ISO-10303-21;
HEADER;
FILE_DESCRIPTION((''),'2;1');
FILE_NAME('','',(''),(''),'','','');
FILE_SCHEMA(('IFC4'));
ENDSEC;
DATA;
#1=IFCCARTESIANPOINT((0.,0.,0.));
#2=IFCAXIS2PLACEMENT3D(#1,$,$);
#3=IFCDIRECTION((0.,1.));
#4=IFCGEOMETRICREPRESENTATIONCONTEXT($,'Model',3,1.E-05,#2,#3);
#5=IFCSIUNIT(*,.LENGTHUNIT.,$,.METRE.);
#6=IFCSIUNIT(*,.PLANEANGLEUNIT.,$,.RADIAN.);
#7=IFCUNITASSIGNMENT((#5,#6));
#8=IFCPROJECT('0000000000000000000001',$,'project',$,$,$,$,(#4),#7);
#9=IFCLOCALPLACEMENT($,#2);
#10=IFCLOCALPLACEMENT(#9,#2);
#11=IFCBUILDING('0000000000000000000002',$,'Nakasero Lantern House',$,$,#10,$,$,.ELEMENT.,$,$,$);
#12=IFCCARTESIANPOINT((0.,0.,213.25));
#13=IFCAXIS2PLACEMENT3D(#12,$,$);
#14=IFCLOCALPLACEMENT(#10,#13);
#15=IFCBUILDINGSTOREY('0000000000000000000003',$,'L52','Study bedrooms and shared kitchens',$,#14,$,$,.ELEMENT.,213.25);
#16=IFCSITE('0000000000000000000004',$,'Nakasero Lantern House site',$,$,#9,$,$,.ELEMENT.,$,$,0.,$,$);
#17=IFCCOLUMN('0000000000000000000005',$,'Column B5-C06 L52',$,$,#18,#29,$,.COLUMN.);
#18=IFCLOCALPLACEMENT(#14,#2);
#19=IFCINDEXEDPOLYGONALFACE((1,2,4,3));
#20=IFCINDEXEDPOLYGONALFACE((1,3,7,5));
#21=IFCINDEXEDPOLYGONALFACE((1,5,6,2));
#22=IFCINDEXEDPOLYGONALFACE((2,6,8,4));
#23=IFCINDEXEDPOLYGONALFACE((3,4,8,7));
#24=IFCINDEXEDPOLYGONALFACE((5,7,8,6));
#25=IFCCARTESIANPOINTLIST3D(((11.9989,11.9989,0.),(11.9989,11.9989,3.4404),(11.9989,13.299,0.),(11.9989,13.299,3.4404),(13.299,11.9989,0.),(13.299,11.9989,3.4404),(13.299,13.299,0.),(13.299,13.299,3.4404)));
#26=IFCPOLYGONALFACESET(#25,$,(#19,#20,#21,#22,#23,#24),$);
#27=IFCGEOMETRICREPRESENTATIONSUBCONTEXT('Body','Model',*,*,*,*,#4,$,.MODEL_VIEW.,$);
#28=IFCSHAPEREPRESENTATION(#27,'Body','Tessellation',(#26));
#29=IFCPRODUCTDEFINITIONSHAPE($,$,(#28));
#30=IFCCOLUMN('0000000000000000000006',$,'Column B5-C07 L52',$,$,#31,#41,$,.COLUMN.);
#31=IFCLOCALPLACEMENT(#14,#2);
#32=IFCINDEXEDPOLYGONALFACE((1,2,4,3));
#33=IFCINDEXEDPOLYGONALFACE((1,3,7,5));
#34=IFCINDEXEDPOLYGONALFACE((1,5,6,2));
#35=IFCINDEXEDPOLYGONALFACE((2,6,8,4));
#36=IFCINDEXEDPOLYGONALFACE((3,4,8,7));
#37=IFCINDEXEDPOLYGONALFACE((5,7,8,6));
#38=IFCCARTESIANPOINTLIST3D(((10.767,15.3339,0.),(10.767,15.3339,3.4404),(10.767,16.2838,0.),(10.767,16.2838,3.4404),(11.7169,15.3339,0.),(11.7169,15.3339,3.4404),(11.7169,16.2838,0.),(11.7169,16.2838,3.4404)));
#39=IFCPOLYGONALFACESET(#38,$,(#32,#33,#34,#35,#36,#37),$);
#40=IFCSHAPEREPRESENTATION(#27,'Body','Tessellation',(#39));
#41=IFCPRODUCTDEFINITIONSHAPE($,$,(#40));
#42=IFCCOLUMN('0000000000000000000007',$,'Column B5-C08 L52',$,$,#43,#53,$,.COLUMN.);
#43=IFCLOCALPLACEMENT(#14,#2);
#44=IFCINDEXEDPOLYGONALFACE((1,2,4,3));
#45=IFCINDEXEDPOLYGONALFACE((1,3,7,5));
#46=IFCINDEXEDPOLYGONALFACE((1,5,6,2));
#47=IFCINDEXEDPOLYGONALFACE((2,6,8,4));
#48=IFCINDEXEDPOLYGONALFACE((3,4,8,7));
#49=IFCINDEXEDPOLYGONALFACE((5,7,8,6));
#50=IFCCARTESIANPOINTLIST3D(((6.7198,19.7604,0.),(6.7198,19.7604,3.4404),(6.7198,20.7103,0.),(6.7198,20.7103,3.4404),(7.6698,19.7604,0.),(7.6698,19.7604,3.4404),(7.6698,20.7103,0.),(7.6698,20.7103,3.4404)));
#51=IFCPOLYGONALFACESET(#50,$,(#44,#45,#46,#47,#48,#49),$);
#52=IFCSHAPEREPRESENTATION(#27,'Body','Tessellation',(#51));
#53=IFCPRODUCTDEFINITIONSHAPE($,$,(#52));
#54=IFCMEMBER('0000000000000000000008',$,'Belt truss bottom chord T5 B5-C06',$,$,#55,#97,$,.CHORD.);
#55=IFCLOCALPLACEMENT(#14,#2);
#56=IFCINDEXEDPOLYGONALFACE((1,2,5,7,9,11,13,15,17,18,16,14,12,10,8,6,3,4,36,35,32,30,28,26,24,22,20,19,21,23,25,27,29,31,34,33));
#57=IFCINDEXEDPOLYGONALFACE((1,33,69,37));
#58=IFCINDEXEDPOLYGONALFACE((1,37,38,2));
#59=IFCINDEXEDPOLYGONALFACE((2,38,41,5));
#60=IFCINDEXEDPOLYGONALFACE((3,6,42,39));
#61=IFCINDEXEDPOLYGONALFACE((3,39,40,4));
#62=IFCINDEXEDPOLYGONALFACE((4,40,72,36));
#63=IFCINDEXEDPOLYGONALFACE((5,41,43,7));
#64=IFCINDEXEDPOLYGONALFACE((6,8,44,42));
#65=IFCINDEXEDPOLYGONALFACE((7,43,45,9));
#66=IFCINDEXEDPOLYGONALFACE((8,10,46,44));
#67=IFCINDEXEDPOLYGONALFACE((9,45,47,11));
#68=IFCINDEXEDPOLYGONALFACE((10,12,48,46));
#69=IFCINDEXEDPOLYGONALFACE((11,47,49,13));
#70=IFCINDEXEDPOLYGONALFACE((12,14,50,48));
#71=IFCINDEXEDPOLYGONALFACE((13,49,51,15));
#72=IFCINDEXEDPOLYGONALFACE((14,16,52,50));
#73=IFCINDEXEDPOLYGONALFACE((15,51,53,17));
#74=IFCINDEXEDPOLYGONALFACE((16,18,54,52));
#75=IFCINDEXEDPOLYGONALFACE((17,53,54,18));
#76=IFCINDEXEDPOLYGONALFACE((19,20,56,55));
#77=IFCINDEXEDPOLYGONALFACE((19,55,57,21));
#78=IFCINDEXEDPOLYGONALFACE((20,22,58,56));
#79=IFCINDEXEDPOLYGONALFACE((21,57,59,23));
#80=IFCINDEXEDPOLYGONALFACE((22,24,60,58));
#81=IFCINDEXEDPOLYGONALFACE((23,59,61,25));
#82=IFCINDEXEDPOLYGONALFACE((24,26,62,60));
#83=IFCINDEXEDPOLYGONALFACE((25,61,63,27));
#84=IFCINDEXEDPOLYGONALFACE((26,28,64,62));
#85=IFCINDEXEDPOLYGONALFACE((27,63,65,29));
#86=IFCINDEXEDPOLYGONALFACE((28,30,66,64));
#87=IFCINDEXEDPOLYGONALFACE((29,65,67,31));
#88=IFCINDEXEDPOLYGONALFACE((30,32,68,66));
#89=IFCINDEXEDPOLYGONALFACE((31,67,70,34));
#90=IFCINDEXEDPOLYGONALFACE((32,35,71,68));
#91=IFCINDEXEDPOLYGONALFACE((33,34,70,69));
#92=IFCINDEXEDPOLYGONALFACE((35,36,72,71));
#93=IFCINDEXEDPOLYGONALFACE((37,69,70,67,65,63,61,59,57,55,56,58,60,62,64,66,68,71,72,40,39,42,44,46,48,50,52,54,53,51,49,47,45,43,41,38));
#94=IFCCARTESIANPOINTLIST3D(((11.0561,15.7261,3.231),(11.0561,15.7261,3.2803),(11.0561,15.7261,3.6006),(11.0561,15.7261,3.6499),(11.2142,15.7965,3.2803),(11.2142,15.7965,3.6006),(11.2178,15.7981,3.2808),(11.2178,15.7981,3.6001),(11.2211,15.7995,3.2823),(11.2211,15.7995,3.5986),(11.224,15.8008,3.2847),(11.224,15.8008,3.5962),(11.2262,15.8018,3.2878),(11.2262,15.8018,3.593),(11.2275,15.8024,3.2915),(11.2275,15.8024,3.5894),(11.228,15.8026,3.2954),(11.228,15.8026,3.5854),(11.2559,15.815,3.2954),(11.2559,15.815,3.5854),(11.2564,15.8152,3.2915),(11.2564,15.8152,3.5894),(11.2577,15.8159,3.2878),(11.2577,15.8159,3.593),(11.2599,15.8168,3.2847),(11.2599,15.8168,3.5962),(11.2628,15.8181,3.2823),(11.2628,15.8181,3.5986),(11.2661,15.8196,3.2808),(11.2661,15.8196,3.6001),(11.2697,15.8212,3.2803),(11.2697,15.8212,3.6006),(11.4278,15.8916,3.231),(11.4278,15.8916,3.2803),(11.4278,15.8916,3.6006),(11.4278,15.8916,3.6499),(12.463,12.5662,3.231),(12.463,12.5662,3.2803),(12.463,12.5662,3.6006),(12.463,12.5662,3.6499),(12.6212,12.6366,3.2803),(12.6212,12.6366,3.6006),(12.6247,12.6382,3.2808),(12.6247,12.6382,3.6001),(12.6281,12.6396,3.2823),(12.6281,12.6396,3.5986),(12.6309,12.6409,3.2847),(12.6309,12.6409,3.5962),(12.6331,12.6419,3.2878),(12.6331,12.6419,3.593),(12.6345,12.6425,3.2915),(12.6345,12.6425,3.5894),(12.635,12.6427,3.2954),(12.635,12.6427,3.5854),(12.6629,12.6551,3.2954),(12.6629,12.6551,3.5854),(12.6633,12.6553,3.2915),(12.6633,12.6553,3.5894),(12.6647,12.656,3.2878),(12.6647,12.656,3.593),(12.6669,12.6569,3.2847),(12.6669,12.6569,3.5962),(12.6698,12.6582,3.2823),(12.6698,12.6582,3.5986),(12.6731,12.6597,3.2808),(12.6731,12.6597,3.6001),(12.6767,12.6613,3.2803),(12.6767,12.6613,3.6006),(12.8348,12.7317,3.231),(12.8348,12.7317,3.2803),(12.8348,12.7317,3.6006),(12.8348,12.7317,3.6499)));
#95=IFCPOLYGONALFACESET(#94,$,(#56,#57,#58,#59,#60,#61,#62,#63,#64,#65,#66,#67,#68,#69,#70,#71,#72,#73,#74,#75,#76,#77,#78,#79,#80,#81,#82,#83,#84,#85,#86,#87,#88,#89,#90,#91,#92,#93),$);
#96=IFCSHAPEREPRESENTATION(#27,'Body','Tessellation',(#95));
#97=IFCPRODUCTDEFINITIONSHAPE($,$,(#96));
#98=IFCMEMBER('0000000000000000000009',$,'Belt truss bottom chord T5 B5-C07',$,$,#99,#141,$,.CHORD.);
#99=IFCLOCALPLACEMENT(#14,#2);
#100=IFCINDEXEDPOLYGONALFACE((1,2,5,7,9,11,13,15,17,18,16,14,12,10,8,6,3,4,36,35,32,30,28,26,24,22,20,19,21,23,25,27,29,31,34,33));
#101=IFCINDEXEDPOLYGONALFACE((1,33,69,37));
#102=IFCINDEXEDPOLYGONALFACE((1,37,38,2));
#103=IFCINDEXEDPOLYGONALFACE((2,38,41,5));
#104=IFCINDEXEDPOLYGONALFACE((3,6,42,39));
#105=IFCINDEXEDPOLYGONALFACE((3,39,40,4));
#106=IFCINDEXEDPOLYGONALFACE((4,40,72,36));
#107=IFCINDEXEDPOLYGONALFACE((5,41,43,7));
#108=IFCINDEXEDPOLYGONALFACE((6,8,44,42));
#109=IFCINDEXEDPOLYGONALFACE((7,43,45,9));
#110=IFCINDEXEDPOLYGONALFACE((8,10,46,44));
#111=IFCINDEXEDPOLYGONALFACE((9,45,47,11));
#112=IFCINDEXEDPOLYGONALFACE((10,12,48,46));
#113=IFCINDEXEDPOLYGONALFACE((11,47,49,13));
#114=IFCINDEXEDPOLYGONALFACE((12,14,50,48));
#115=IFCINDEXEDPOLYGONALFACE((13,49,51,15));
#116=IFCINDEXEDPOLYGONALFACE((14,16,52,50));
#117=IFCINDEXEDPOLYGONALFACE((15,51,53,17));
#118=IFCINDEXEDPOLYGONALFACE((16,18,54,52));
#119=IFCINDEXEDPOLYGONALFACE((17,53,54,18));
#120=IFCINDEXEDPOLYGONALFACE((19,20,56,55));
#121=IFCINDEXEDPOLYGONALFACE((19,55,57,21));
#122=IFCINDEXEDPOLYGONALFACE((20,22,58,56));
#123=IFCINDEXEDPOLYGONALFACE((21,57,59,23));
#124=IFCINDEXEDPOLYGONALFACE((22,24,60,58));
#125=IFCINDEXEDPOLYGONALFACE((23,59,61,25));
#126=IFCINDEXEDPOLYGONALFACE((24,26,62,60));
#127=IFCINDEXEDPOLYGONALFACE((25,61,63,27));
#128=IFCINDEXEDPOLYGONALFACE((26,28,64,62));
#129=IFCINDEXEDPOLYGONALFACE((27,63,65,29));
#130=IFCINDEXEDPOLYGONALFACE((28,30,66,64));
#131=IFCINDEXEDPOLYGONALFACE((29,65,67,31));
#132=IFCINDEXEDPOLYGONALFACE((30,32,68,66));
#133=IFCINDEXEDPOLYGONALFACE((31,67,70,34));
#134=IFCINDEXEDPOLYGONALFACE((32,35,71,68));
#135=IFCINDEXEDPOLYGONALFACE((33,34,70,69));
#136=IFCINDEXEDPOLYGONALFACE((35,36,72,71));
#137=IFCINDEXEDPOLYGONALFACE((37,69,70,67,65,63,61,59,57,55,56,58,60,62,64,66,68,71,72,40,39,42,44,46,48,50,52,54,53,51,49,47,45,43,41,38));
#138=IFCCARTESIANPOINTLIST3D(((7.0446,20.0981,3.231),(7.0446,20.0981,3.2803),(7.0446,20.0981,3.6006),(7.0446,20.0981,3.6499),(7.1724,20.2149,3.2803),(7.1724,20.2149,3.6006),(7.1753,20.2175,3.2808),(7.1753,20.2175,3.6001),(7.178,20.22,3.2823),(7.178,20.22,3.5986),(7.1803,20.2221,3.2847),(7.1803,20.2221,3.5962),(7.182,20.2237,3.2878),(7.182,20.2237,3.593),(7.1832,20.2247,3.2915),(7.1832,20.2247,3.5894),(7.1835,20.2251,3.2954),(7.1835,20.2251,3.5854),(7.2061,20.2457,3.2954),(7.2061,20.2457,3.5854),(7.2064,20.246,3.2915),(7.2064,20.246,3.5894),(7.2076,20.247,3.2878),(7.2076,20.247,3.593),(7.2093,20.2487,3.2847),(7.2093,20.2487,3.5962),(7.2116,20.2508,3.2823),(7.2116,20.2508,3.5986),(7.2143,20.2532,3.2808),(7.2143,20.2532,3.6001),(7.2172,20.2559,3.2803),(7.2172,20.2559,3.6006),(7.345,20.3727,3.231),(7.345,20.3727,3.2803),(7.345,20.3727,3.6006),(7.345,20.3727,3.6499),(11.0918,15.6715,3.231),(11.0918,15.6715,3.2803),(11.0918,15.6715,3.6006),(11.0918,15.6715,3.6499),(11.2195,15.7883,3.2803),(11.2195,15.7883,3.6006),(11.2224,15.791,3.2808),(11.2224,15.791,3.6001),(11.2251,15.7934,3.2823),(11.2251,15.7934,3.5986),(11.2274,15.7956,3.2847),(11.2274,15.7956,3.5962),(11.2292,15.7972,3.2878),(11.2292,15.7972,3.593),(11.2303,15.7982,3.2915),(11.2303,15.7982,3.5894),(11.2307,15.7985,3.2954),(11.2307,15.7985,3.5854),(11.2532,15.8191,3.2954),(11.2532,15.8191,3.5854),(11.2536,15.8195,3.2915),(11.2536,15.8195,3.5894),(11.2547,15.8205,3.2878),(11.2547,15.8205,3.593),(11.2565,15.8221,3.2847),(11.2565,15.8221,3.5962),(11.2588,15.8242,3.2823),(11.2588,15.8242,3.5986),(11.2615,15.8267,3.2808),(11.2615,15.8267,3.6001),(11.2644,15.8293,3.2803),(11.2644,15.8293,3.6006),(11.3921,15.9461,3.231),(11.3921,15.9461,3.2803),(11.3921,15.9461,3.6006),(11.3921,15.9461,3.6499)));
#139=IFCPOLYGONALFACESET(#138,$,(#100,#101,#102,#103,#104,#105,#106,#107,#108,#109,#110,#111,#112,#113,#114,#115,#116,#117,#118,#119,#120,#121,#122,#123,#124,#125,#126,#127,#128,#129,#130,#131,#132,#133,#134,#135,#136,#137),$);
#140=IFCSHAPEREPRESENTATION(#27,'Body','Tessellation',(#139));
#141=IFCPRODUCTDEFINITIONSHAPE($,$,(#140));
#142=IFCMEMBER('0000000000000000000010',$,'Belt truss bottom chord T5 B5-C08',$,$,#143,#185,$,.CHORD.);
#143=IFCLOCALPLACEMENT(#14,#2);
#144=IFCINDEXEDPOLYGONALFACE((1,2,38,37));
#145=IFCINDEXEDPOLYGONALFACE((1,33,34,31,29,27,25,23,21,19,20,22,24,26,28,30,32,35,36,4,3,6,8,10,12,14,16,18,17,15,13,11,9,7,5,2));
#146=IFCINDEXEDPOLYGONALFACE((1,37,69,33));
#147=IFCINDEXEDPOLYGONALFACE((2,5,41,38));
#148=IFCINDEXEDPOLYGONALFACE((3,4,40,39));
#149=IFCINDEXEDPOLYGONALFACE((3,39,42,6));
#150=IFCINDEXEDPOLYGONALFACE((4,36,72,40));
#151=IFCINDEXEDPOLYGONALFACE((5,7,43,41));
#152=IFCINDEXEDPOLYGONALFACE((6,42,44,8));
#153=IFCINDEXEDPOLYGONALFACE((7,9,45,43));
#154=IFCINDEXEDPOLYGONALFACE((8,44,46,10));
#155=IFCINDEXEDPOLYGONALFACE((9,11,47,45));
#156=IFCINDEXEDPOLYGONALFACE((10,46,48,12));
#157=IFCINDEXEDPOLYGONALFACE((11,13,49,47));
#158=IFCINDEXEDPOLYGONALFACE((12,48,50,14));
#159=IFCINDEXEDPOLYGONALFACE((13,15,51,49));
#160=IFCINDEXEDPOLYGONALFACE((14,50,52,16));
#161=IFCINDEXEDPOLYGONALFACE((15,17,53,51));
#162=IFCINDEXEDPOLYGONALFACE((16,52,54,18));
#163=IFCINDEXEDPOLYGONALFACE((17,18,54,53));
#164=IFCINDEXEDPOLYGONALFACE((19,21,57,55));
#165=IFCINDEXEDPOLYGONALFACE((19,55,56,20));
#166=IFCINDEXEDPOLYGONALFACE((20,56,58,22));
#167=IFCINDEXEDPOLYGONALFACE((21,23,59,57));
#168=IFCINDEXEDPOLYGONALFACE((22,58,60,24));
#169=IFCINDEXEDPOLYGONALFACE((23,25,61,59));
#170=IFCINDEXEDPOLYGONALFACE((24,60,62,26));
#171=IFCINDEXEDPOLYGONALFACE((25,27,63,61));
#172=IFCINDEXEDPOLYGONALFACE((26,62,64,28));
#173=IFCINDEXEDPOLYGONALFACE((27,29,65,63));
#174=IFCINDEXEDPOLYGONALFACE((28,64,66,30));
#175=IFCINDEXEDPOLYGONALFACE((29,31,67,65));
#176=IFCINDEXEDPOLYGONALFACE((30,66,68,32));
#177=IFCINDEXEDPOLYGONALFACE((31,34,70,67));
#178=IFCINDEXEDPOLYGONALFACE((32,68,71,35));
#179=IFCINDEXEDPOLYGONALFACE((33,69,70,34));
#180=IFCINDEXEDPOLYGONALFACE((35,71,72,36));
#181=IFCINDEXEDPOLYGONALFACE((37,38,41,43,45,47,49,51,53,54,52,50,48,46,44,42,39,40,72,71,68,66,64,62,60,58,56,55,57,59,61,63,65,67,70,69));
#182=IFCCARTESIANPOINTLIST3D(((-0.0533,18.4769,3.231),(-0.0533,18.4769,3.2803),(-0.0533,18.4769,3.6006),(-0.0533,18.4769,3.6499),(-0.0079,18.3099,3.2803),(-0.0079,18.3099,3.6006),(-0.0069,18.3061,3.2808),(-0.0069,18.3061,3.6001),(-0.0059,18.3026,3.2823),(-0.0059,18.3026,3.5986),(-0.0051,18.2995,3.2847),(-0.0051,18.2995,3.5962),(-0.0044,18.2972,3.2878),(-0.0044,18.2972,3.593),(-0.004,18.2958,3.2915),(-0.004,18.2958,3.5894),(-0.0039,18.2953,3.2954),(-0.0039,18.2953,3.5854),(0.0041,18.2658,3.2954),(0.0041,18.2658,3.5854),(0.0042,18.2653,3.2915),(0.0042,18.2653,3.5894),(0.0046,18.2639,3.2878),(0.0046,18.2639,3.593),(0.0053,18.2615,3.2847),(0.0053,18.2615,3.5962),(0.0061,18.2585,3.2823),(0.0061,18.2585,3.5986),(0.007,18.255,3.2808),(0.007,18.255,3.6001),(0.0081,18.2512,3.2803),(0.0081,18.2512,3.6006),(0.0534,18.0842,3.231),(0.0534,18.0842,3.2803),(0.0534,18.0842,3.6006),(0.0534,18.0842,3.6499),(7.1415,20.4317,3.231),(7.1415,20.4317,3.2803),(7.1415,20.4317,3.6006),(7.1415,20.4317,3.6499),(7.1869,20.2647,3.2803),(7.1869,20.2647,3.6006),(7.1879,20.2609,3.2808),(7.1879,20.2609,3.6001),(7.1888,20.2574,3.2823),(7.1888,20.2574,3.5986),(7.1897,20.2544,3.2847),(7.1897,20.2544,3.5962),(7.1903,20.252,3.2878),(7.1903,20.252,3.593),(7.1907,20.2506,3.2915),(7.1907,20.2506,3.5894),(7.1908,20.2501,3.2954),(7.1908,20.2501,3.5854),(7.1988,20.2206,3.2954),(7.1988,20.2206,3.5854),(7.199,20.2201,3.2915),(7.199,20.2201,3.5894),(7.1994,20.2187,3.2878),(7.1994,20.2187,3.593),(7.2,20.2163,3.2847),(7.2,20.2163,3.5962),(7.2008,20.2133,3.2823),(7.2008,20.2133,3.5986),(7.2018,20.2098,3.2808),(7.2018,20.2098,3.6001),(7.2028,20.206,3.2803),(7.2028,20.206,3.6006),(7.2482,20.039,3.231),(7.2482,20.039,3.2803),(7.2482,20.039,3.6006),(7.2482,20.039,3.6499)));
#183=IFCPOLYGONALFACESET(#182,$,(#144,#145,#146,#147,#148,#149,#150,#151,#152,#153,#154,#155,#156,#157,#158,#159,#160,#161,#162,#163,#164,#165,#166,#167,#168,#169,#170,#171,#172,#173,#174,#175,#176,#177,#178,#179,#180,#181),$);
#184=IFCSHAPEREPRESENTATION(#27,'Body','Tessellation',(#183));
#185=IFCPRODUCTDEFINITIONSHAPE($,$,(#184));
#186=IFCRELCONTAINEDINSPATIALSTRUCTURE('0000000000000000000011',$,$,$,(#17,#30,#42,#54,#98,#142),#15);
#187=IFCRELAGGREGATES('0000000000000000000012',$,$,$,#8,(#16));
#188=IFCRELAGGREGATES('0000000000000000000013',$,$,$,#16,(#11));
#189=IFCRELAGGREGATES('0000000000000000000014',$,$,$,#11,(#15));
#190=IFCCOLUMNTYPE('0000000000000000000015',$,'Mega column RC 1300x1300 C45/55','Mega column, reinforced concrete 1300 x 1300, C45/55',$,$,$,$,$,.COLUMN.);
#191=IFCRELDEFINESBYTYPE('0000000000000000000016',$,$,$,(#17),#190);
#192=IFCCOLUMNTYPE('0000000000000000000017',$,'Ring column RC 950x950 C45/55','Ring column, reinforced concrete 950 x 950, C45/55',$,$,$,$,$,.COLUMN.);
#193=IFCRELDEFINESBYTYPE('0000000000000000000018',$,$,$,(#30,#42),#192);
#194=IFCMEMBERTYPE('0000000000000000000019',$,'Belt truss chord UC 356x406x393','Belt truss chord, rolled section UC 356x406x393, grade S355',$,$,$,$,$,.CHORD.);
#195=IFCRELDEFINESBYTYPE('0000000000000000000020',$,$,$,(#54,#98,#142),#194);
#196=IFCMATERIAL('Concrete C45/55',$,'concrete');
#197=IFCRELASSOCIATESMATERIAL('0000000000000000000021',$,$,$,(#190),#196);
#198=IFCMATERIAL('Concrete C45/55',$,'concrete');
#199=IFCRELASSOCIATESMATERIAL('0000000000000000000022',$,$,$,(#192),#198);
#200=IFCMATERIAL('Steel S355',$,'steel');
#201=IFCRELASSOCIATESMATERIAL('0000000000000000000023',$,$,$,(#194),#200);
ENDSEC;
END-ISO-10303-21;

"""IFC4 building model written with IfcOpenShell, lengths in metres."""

from ifc_helpers import new_model, si_unit, direction, frame, origin, origin_2d, place, context, subcontext, project, spatial, rectangle, i_section, extrude, material, material_profile, profile_set, type_object, element, save


model = new_model("IFC4")

# Units and contexts
model_context = context("Model", 3, precision=1e-05, world=origin(), true_north=direction((0.0, 1.0)))
body_context = subcontext(model_context, "Body", "Model", "MODEL_VIEW")
ifc_project = project(units=[si_unit("LENGTHUNIT", "METRE"), si_unit("PLANEANGLEUNIT", "RADIAN")], contexts=[model_context])

# Site, building, storey
site_placement = place(None, origin())
site = spatial("IfcSite", under=ifc_project, at=site_placement, Name="Nakasero Lantern House site", CompositionType="ELEMENT", RefElevation=0.0)
building_placement = place(site_placement, origin())
building = spatial("IfcBuilding", under=site, at=building_placement, Name="Nakasero Lantern House", CompositionType="ELEMENT")
storey_placement = place(building_placement, frame((0.0, 0.0, 213.25)))
storey = spatial("IfcBuildingStorey", under=building, at=storey_placement, Name="L52", Description="Study bedrooms and shared kitchens", CompositionType="ELEMENT", Elevation=213.25)

# Columns
ifc_material_1 = material(Name="Concrete C45/55", Category="concrete")
ifc_material_profile_1 = material_profile(ifc_material_1, rectangle(XDim=1.3, YDim=1.3, at=origin_2d()), Name="RC 1300x1300")
ifc_profile_set_1 = profile_set([ifc_material_profile_1], Name="Concrete C45/55")
column_type_1 = type_object("IfcColumnType", Name="Mega column RC 1300x1300 C45/55", Description="Mega column, reinforced concrete 1300 x 1300, C45/55", PredefinedType="COLUMN", material=ifc_profile_set_1)
column_placement = place(storey_placement, frame((12.6489, 12.6489, 0.0), z_axis=(0.0, 0.0, 1.0), x_axis=(1.0, 0.0, 0.0)))
element("IfcColumn", 1, at=column_placement, inside=storey, type_object=column_type_1, Name="Column B5-C06 L52", PredefinedType="COLUMN", context=body_context, shape_type="SweptSolid", body=[
    extrude(rectangle(XDim=1.3, YDim=1.3, at=origin_2d()), origin(), (0.0, 0.0, 1.0), 3.4404),
])
ifc_material_2 = material(Name="Concrete C45/55", Category="concrete")
ifc_material_profile_2 = material_profile(ifc_material_2, rectangle(XDim=0.95, YDim=0.95, at=origin_2d()), Name="RC 950x950")
ifc_profile_set_2 = profile_set([ifc_material_profile_2], Name="Concrete C45/55")
column_type_2 = type_object("IfcColumnType", Name="Ring column RC 950x950 C45/55", Description="Ring column, reinforced concrete 950 x 950, C45/55", PredefinedType="COLUMN", material=ifc_profile_set_2)
for number, where, z_axis, x_axis, name in (
    (2, (11.2419, 15.8088, 0.0), (0.0, 0.0, 1.0), (1.0, 0.0, 0.0), "Column B5-C07 L52"),
    (3, (7.1948, 20.2354, 0.0), (0.0, 0.0, 1.0), (1.0, 0.0, 0.0), "Column B5-C08 L52"),
):
    element("IfcColumn", number, at=place(storey_placement, frame(where, z_axis=z_axis, x_axis=x_axis)), inside=storey, type_object=column_type_2, Name=name, PredefinedType="COLUMN", context=body_context, shape_type="SweptSolid", body=[
        extrude(rectangle(XDim=0.95, YDim=0.95, at=origin_2d()), origin(), (0.0, 0.0, 1.0), 3.4404),
    ])

# Members
ifc_material_3 = material(Name="Steel S355", Category="steel")
ifc_material_profile_3 = material_profile(ifc_material_3, i_section(OverallWidth=0.407, OverallDepth=0.4189, WebThickness=0.0305, FlangeThickness=0.0493, FilletRadius=0.0151, at=origin_2d()), Name="UC 356x406x393")
ifc_profile_set_3 = profile_set([ifc_material_profile_3], Name="Steel S355")
member_type_1 = type_object("IfcMemberType", Name="Belt truss chord UC 356x406x393", Description="Belt truss chord, rolled section UC 356x406x393, grade S355", PredefinedType="CHORD", material=ifc_profile_set_3)
member_1_placement = place(storey_placement, frame((12.6489, 12.6489, 3.4404), z_axis=(-0.406761, 0.913535, 0.0), x_axis=(-0.913535, -0.406761, 0.0)))
element("IfcMember", 4, at=member_1_placement, inside=storey, type_object=member_type_1, Name="Belt truss bottom chord T5 B5-C06", PredefinedType="CHORD", context=body_context, shape_type="SweptSolid", body=[
    extrude(i_section(OverallWidth=0.407, OverallDepth=0.4189, WebThickness=0.0305, FlangeThickness=0.0493, FilletRadius=0.0151, at=origin_2d()), origin(), (0.0, 0.0, 1.0), 3.459),
])
member_2_placement = place(storey_placement, frame((11.2419, 15.8088, 3.4404), z_axis=(-0.674771, 0.738027, 0.0), x_axis=(-0.738027, -0.674771, 0.0)))
element("IfcMember", 5, at=member_2_placement, inside=storey, type_object=member_type_1, Name="Belt truss bottom chord T5 B5-C07", PredefinedType="CHORD", context=body_context, shape_type="SweptSolid", body=[
    extrude(i_section(OverallWidth=0.407, OverallDepth=0.4189, WebThickness=0.0305, FlangeThickness=0.0493, FilletRadius=0.0151, at=origin_2d()), origin(), (0.0, 0.0, 1.0), 5.9978),
])
member_3_placement = place(storey_placement, frame((7.1948, 20.2354, 3.4404), z_axis=(-0.965015, -0.262195, 0.0), x_axis=(0.262195, -0.965015, 0.0)))
element("IfcMember", 6, at=member_3_placement, inside=storey, type_object=member_type_1, Name="Belt truss bottom chord T5 B5-C08", PredefinedType="CHORD", context=body_context, shape_type="SweptSolid", body=[
    extrude(i_section(OverallWidth=0.407, OverallDepth=0.4189, WebThickness=0.0305, FlangeThickness=0.0493, FilletRadius=0.0151, at=origin_2d()), origin(), (0.0, 0.0, 1.0), 7.4556),
])

save(model, "model.ifc")
